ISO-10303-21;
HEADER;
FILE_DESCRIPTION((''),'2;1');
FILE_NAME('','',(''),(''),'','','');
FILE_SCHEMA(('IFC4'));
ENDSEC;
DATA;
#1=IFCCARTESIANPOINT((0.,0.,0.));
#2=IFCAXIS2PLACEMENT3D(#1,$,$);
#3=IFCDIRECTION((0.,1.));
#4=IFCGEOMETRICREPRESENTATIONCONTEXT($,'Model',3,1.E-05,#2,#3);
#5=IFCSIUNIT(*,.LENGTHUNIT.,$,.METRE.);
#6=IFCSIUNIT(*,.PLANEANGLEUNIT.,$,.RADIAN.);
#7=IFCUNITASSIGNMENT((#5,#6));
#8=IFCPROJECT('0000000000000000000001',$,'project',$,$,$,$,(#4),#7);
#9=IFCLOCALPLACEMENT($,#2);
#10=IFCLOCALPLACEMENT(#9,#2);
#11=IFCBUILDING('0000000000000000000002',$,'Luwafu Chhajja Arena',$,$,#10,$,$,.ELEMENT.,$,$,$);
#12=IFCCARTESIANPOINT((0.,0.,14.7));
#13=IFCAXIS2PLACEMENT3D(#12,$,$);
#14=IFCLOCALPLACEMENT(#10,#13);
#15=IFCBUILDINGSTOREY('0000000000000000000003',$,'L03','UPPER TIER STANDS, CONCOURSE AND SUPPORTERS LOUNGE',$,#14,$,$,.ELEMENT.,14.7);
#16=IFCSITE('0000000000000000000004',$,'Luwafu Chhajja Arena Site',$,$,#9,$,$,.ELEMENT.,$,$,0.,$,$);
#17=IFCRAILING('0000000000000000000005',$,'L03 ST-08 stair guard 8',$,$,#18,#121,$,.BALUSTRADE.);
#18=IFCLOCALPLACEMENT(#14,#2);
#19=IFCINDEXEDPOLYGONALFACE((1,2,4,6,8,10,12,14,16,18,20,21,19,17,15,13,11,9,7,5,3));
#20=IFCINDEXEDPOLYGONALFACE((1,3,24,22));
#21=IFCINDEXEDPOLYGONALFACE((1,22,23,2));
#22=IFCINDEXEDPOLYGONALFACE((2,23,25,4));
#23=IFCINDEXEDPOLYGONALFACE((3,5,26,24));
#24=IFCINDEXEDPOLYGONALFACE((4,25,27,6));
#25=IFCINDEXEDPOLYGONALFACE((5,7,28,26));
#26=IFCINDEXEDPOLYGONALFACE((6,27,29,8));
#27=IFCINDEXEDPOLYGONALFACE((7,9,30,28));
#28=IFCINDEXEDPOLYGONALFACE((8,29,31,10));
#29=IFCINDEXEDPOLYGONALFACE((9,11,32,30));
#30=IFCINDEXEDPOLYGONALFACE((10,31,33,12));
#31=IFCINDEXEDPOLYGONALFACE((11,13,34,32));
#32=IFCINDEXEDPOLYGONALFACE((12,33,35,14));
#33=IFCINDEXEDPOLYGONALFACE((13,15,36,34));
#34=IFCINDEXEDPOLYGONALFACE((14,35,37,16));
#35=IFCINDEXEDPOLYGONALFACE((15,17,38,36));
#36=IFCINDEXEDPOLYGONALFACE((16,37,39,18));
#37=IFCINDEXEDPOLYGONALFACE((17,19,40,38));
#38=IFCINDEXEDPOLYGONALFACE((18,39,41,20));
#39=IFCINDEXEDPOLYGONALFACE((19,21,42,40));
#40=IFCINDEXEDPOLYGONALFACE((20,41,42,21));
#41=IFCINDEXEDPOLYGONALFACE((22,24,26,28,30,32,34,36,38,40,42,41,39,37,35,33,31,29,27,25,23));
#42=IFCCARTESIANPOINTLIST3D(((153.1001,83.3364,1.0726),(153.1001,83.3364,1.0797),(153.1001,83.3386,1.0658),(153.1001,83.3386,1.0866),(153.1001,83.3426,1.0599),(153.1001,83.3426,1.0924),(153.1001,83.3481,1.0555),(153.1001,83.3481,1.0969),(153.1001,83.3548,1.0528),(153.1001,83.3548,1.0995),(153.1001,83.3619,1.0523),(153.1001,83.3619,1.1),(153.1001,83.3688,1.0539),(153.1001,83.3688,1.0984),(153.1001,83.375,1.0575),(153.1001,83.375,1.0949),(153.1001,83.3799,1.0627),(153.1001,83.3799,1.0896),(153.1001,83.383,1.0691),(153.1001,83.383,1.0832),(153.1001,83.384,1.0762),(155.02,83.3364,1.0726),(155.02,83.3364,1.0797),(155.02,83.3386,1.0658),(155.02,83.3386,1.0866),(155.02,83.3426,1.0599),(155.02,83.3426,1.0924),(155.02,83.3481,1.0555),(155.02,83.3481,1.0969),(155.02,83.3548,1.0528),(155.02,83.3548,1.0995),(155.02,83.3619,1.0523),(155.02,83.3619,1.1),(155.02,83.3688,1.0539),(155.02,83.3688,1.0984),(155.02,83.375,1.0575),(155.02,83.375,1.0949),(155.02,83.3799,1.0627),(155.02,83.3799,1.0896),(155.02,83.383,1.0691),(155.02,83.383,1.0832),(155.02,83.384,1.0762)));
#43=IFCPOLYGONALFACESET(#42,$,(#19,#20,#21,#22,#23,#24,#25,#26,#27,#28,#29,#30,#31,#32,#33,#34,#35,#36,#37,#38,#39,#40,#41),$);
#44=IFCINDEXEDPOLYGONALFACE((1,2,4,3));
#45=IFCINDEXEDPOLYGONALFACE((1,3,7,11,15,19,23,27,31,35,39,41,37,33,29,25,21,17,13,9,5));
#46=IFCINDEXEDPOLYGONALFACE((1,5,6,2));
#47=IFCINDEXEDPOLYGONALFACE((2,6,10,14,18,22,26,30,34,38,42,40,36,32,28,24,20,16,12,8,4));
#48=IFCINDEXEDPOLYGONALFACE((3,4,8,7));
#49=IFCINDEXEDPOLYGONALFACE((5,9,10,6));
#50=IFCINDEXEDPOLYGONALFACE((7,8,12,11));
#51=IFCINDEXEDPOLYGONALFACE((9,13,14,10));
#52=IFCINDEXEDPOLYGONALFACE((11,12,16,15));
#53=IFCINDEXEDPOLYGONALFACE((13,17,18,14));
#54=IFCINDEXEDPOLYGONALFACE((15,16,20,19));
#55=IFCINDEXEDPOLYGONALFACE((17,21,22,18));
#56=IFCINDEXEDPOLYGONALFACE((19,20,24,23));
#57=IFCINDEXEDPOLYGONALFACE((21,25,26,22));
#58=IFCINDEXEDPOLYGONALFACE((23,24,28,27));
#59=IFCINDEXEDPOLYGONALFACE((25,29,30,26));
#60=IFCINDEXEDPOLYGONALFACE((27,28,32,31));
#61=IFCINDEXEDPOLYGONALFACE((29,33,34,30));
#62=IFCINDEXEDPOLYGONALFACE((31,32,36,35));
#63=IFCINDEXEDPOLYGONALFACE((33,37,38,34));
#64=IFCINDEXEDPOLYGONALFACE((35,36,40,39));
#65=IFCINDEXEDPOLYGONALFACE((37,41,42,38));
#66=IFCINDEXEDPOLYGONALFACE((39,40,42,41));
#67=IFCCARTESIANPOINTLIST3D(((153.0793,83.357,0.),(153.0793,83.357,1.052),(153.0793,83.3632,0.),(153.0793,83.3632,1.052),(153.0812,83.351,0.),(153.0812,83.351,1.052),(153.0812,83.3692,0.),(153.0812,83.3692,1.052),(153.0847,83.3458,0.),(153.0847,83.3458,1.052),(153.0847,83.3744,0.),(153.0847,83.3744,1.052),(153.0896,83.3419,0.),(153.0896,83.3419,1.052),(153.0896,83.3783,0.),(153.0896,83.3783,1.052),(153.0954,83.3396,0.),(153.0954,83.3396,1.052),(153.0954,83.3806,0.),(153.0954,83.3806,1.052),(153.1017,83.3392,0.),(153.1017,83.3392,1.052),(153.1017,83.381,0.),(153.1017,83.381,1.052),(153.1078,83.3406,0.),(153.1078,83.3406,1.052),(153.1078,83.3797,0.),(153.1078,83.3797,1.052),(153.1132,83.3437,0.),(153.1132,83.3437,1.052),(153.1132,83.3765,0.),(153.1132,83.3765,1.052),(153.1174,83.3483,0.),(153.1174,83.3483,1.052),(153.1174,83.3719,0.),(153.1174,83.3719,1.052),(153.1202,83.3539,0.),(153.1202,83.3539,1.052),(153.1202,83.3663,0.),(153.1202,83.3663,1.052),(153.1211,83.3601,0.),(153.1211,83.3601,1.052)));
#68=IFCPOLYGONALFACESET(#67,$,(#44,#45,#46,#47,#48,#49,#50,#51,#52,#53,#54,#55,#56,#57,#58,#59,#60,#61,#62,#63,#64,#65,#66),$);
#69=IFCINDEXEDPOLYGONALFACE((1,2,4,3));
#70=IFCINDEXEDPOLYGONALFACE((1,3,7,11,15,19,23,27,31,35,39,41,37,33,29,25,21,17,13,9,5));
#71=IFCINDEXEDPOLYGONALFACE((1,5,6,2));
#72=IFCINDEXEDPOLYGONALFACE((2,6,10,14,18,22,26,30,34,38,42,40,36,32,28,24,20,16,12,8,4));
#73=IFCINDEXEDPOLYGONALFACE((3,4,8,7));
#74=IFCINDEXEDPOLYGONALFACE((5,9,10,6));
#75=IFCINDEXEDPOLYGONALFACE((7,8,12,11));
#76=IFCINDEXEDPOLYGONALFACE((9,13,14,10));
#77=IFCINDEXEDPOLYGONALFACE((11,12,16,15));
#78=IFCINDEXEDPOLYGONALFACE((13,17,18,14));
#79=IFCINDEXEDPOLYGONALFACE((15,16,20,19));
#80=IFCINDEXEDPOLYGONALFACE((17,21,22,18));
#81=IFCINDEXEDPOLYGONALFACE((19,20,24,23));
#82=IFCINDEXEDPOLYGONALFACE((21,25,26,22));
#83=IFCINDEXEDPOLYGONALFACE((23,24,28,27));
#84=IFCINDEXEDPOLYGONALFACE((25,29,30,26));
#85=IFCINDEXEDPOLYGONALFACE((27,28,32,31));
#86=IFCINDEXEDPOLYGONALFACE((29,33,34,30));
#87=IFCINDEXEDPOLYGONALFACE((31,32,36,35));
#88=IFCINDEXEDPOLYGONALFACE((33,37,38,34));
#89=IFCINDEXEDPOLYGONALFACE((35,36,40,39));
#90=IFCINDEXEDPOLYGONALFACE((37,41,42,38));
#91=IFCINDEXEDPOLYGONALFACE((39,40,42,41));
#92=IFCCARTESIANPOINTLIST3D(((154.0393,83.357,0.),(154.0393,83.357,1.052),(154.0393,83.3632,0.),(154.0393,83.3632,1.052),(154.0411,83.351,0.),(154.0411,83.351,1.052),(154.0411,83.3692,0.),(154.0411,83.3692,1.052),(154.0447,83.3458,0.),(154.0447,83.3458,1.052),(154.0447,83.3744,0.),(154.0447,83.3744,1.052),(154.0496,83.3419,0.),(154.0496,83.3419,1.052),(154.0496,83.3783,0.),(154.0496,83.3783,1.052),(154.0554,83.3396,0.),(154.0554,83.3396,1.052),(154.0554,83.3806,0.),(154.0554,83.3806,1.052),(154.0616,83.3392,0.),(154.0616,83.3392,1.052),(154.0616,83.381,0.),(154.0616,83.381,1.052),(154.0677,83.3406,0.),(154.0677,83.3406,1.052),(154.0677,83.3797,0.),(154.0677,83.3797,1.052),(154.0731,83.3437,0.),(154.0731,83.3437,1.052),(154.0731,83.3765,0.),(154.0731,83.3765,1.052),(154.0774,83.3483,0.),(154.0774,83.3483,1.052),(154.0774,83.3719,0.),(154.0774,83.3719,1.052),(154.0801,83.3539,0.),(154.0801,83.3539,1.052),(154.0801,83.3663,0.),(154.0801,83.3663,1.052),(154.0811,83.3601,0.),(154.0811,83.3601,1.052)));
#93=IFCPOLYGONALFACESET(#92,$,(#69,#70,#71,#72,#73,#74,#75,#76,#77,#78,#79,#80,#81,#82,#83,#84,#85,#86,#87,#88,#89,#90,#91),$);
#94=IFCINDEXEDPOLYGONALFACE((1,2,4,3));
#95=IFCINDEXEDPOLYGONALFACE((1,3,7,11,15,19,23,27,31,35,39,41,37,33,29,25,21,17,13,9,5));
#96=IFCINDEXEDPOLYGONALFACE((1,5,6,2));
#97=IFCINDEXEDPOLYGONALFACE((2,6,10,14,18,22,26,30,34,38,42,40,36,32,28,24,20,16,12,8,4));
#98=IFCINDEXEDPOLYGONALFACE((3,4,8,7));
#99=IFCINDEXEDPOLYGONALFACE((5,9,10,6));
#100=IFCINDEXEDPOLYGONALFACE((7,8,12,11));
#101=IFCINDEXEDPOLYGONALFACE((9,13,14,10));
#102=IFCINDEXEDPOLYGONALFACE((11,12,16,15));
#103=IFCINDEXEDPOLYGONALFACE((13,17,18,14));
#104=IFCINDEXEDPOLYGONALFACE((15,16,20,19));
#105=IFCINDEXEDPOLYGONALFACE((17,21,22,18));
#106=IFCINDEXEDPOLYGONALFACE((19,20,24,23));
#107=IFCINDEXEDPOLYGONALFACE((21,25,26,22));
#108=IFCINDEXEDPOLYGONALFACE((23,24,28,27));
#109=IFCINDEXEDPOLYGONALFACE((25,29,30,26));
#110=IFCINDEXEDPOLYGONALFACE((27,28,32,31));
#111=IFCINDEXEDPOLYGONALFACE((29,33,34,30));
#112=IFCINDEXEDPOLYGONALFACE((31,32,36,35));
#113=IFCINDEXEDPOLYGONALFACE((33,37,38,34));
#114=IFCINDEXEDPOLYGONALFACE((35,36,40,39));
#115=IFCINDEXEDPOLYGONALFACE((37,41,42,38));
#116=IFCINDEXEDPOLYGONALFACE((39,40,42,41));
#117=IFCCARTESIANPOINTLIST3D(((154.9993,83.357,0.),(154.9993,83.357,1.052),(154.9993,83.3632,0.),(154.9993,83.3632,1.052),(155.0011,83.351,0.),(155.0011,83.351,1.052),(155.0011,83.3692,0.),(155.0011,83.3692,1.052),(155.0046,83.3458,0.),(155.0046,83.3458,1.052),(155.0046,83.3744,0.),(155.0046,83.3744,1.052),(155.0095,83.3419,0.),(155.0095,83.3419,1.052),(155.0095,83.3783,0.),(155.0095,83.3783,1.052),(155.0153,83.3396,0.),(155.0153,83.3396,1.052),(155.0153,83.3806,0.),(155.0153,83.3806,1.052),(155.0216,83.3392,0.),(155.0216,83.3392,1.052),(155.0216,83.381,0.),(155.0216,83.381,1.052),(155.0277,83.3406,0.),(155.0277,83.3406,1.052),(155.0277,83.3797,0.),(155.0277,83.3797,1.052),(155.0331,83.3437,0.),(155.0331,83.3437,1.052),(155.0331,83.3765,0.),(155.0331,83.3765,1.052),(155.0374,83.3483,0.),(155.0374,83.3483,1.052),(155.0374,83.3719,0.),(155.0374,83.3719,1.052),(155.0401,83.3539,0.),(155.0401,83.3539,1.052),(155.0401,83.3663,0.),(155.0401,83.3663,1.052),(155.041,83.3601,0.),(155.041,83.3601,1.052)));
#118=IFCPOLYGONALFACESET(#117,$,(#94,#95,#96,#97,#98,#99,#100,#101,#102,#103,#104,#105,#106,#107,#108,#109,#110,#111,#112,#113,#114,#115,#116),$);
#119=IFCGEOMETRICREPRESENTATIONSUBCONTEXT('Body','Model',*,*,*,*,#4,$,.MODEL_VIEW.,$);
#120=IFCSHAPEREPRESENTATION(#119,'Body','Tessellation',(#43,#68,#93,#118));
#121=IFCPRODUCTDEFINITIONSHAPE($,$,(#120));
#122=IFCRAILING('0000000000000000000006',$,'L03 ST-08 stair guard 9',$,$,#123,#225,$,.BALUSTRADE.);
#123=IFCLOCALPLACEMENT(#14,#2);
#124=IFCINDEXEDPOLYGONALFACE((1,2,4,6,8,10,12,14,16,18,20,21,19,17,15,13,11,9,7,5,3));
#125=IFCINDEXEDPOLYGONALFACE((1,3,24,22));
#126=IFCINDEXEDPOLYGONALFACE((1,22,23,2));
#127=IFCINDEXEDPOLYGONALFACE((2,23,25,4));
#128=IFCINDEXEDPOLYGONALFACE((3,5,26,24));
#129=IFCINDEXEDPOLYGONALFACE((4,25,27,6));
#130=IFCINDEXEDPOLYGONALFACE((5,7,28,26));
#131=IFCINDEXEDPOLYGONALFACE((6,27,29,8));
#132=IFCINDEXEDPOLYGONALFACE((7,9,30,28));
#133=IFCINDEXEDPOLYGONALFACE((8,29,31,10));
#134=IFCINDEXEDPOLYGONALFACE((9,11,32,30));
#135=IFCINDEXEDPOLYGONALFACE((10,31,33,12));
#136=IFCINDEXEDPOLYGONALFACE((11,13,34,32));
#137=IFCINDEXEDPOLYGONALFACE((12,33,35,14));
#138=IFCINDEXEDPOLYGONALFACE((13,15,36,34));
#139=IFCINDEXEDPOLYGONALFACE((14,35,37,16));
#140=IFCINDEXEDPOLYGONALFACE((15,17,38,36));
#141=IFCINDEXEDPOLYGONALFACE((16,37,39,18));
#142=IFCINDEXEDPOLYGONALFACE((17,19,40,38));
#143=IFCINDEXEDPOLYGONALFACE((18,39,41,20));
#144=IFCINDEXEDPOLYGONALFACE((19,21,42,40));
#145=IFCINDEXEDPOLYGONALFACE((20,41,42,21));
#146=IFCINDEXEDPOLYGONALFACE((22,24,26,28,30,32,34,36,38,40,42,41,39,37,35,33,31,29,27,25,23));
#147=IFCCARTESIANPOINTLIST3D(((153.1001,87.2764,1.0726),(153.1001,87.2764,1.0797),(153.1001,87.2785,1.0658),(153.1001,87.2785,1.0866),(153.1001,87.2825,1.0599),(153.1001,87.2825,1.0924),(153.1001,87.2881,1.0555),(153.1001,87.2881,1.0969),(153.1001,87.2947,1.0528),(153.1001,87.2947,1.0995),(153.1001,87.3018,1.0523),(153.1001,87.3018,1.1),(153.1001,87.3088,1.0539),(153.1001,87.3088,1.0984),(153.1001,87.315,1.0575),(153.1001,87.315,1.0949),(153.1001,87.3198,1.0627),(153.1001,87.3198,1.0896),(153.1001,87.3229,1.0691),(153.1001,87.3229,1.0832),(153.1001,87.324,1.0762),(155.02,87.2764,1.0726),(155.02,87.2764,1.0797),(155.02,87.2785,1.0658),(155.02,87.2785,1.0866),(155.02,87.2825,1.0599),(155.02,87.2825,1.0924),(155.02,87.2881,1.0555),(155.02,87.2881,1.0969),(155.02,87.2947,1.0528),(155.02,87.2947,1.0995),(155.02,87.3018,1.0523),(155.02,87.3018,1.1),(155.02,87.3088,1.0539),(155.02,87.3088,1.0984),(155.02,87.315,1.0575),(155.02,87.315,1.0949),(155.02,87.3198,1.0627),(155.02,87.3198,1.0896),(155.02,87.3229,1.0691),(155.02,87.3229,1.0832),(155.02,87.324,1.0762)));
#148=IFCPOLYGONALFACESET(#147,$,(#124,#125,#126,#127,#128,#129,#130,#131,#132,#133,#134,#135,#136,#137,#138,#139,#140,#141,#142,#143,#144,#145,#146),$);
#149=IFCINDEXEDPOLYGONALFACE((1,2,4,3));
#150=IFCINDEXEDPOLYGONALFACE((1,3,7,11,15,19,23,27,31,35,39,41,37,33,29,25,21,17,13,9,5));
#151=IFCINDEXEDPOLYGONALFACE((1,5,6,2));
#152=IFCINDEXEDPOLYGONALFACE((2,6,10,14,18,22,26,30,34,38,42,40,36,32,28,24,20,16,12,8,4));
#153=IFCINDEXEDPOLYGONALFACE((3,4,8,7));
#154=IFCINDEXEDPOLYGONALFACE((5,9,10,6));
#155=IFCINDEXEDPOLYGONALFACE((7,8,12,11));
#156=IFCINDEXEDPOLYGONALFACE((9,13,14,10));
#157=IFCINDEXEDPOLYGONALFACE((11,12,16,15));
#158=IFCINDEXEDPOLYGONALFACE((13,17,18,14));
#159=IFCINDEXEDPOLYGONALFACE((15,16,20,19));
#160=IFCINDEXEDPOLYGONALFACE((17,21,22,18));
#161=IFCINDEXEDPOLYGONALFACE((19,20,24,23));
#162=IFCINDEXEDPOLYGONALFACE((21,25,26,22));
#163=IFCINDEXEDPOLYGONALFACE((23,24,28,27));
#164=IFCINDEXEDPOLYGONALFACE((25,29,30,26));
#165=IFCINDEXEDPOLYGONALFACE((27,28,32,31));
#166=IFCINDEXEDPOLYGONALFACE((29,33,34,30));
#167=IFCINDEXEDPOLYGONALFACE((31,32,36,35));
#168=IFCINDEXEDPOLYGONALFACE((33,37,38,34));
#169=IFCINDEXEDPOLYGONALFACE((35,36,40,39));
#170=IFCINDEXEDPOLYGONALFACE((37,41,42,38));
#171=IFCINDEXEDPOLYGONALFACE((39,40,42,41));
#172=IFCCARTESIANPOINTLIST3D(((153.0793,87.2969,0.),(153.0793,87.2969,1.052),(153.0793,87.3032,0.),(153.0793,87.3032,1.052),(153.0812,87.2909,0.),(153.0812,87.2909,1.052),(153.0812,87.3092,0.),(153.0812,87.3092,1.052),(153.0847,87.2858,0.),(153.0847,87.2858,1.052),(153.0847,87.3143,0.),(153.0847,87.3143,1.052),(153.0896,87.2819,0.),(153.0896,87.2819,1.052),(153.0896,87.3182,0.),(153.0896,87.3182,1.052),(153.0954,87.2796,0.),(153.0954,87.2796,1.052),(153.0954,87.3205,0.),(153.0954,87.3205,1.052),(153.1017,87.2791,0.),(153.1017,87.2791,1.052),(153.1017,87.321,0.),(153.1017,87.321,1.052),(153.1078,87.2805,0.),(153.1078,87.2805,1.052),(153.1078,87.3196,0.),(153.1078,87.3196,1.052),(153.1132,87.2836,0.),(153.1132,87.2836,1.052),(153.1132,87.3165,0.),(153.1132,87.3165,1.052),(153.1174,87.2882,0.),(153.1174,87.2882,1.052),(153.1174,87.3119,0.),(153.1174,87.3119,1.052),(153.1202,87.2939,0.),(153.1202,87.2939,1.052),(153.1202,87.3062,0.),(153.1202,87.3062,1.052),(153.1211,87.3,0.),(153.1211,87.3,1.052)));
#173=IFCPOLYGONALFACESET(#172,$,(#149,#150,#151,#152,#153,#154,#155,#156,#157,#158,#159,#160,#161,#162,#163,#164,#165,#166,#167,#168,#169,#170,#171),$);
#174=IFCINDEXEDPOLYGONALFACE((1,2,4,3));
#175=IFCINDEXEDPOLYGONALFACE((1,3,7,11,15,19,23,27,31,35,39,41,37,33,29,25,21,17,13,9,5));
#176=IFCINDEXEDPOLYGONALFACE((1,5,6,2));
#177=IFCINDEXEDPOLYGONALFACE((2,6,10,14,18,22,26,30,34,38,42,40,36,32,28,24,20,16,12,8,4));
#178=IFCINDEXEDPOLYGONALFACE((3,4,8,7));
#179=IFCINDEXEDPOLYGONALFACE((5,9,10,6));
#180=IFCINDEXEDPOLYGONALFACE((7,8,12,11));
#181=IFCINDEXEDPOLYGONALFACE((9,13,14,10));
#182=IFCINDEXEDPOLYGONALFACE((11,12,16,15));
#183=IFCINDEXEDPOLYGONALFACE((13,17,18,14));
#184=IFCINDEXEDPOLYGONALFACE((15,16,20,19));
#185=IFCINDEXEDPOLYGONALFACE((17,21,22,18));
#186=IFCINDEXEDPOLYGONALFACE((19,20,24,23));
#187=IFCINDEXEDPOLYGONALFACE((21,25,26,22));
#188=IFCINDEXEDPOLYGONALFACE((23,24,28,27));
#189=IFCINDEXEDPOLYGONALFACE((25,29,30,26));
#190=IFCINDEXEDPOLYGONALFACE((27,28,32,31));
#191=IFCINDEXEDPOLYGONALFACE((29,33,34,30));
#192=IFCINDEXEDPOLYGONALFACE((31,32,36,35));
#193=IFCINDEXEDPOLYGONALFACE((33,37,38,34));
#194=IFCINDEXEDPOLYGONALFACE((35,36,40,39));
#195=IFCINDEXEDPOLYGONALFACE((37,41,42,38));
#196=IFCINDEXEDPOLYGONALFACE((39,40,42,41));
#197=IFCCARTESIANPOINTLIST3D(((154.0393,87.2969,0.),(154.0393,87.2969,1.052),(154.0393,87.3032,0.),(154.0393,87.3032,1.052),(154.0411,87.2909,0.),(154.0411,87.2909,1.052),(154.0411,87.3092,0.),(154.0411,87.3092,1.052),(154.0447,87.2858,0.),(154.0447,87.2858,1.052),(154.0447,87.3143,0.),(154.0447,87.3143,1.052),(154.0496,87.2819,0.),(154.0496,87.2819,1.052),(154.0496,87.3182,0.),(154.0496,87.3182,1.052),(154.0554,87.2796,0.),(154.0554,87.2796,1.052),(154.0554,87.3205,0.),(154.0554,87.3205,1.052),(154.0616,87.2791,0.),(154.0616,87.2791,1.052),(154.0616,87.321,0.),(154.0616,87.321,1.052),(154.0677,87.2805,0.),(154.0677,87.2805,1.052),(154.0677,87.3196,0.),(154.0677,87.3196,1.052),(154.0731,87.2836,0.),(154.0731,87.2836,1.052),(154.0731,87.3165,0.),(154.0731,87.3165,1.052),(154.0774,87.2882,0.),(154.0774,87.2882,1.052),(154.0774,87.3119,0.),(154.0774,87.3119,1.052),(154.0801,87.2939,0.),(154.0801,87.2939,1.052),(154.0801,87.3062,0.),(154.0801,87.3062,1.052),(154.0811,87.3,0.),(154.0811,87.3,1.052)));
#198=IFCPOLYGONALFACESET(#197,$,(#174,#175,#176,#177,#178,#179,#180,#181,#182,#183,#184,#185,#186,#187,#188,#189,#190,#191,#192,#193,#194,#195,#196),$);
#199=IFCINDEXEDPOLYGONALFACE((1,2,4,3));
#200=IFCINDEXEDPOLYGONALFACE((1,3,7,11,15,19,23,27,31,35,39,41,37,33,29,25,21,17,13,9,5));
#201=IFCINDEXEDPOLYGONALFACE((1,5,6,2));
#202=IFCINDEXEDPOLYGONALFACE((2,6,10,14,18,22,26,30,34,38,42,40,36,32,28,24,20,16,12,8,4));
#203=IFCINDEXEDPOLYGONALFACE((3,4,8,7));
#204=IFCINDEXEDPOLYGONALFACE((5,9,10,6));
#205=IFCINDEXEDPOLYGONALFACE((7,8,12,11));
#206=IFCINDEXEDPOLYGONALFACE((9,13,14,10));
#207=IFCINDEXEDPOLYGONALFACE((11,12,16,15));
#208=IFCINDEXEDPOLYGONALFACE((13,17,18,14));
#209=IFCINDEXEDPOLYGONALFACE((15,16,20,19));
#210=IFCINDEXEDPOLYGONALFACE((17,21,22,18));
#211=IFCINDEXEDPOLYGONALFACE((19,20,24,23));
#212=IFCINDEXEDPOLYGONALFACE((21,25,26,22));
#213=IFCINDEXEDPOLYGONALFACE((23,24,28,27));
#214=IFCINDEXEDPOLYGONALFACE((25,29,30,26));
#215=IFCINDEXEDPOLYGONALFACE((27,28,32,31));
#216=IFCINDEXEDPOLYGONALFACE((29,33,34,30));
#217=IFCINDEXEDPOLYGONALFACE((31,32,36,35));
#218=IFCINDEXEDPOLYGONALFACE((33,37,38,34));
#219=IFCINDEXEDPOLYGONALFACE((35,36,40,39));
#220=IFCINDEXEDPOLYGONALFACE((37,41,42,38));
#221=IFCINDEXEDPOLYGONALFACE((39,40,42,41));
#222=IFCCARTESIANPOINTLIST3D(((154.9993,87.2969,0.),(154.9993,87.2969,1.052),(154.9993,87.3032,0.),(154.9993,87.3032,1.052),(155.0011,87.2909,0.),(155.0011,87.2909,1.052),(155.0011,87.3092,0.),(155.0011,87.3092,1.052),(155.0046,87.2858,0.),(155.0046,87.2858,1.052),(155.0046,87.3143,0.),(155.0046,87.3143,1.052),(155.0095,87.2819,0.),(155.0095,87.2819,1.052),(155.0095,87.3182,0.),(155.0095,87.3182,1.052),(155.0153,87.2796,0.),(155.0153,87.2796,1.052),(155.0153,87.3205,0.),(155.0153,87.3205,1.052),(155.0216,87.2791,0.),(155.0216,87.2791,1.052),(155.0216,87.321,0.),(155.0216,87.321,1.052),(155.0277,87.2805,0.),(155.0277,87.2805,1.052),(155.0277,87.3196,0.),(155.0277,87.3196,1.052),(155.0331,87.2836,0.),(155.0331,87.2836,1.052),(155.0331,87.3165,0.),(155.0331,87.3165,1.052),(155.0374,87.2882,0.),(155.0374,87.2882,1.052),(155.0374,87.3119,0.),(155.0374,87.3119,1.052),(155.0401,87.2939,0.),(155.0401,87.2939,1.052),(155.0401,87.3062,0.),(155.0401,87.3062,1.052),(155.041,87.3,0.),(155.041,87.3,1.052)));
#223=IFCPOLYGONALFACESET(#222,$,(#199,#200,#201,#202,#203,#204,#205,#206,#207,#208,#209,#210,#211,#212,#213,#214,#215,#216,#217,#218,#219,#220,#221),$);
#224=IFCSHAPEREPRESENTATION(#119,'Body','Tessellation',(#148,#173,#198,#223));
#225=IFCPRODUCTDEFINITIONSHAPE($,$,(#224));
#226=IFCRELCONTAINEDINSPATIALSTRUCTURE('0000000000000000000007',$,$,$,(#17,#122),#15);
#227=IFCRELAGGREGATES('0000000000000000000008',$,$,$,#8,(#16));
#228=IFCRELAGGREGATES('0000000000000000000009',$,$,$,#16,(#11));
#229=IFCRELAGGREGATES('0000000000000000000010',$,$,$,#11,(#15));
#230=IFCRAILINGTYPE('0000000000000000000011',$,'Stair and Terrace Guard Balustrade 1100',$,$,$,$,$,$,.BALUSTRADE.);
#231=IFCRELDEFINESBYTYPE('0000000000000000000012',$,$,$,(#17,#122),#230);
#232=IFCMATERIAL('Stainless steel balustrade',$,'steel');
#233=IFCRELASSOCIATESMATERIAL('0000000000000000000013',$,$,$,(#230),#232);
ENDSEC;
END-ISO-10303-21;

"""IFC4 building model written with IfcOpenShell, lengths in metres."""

from ifc_helpers import new_model, si_unit, direction, frame, origin, origin_2d, place, context, subcontext, project, spatial, circle, extrude, material, type_object, element, save


model = new_model("IFC4")

# Units and contexts
model_context = context("Model", 3, precision=1e-05, world=origin(), true_north=direction((0.0, 1.0)))
body_context = subcontext(model_context, "Body", "Model", "MODEL_VIEW")
ifc_project = project(units=[si_unit("LENGTHUNIT", "METRE"), si_unit("PLANEANGLEUNIT", "RADIAN")], contexts=[model_context])

# Site, building, storey
site_placement = place(None, origin())
site = spatial("IfcSite", under=ifc_project, at=site_placement, Name="Luwafu Chhajja Arena Site", CompositionType="ELEMENT", RefElevation=0.0)
building_placement = place(site_placement, origin())
building = spatial("IfcBuilding", under=site, at=building_placement, Name="Luwafu Chhajja Arena", CompositionType="ELEMENT")
storey_placement = place(building_placement, frame((0.0, 0.0, 14.7)))
storey = spatial("IfcBuildingStorey", under=building, at=storey_placement, Name="L03", Description="UPPER TIER STANDS, CONCOURSE AND SUPPORTERS LOUNGE", CompositionType="ELEMENT", Elevation=14.7)

# Railings
ifc_material_1 = material(Name="Stainless steel balustrade", Category="steel")
railing_type_1 = type_object("IfcRailingType", Name="Stair and Terrace Guard Balustrade 1100", PredefinedType="BALUSTRADE", material=ifc_material_1)
for number, where, name in (
    (1, (153.1001, 83.3601, 0.0), "L03 ST-08 stair guard 8"),
    (2, (153.1001, 87.3, 0.0), "L03 ST-08 stair guard 9"),
):
    element("IfcRailing", number, at=place(storey_placement, frame(where)), inside=storey, type_object=railing_type_1, Name=name, PredefinedType="BALUSTRADE", context=body_context, shape_type="SweptSolid", body=[
        extrude(circle(Radius=0.0239, at=origin_2d()), frame((0.0, 0.0, 1.0762), z_axis=(1.0, 0.0, 0.0), x_axis=(0.0, 1.0, 0.0)), (0.0, 0.0, 1.0), 1.9199),
        extrude(circle(Radius=0.021, at=origin_2d()), origin(), (0.0, 0.0, 1.0), 1.052),
        extrude(circle(Radius=0.021, at=origin_2d()), frame((0.96, 0.0, 0.0)), (0.0, 0.0, 1.0), 1.052),
        extrude(circle(Radius=0.021, at=origin_2d()), frame((1.9199, 0.0, 0.0)), (0.0, 0.0, 1.0), 1.052),
    ])

save(model, "model.ifc")
